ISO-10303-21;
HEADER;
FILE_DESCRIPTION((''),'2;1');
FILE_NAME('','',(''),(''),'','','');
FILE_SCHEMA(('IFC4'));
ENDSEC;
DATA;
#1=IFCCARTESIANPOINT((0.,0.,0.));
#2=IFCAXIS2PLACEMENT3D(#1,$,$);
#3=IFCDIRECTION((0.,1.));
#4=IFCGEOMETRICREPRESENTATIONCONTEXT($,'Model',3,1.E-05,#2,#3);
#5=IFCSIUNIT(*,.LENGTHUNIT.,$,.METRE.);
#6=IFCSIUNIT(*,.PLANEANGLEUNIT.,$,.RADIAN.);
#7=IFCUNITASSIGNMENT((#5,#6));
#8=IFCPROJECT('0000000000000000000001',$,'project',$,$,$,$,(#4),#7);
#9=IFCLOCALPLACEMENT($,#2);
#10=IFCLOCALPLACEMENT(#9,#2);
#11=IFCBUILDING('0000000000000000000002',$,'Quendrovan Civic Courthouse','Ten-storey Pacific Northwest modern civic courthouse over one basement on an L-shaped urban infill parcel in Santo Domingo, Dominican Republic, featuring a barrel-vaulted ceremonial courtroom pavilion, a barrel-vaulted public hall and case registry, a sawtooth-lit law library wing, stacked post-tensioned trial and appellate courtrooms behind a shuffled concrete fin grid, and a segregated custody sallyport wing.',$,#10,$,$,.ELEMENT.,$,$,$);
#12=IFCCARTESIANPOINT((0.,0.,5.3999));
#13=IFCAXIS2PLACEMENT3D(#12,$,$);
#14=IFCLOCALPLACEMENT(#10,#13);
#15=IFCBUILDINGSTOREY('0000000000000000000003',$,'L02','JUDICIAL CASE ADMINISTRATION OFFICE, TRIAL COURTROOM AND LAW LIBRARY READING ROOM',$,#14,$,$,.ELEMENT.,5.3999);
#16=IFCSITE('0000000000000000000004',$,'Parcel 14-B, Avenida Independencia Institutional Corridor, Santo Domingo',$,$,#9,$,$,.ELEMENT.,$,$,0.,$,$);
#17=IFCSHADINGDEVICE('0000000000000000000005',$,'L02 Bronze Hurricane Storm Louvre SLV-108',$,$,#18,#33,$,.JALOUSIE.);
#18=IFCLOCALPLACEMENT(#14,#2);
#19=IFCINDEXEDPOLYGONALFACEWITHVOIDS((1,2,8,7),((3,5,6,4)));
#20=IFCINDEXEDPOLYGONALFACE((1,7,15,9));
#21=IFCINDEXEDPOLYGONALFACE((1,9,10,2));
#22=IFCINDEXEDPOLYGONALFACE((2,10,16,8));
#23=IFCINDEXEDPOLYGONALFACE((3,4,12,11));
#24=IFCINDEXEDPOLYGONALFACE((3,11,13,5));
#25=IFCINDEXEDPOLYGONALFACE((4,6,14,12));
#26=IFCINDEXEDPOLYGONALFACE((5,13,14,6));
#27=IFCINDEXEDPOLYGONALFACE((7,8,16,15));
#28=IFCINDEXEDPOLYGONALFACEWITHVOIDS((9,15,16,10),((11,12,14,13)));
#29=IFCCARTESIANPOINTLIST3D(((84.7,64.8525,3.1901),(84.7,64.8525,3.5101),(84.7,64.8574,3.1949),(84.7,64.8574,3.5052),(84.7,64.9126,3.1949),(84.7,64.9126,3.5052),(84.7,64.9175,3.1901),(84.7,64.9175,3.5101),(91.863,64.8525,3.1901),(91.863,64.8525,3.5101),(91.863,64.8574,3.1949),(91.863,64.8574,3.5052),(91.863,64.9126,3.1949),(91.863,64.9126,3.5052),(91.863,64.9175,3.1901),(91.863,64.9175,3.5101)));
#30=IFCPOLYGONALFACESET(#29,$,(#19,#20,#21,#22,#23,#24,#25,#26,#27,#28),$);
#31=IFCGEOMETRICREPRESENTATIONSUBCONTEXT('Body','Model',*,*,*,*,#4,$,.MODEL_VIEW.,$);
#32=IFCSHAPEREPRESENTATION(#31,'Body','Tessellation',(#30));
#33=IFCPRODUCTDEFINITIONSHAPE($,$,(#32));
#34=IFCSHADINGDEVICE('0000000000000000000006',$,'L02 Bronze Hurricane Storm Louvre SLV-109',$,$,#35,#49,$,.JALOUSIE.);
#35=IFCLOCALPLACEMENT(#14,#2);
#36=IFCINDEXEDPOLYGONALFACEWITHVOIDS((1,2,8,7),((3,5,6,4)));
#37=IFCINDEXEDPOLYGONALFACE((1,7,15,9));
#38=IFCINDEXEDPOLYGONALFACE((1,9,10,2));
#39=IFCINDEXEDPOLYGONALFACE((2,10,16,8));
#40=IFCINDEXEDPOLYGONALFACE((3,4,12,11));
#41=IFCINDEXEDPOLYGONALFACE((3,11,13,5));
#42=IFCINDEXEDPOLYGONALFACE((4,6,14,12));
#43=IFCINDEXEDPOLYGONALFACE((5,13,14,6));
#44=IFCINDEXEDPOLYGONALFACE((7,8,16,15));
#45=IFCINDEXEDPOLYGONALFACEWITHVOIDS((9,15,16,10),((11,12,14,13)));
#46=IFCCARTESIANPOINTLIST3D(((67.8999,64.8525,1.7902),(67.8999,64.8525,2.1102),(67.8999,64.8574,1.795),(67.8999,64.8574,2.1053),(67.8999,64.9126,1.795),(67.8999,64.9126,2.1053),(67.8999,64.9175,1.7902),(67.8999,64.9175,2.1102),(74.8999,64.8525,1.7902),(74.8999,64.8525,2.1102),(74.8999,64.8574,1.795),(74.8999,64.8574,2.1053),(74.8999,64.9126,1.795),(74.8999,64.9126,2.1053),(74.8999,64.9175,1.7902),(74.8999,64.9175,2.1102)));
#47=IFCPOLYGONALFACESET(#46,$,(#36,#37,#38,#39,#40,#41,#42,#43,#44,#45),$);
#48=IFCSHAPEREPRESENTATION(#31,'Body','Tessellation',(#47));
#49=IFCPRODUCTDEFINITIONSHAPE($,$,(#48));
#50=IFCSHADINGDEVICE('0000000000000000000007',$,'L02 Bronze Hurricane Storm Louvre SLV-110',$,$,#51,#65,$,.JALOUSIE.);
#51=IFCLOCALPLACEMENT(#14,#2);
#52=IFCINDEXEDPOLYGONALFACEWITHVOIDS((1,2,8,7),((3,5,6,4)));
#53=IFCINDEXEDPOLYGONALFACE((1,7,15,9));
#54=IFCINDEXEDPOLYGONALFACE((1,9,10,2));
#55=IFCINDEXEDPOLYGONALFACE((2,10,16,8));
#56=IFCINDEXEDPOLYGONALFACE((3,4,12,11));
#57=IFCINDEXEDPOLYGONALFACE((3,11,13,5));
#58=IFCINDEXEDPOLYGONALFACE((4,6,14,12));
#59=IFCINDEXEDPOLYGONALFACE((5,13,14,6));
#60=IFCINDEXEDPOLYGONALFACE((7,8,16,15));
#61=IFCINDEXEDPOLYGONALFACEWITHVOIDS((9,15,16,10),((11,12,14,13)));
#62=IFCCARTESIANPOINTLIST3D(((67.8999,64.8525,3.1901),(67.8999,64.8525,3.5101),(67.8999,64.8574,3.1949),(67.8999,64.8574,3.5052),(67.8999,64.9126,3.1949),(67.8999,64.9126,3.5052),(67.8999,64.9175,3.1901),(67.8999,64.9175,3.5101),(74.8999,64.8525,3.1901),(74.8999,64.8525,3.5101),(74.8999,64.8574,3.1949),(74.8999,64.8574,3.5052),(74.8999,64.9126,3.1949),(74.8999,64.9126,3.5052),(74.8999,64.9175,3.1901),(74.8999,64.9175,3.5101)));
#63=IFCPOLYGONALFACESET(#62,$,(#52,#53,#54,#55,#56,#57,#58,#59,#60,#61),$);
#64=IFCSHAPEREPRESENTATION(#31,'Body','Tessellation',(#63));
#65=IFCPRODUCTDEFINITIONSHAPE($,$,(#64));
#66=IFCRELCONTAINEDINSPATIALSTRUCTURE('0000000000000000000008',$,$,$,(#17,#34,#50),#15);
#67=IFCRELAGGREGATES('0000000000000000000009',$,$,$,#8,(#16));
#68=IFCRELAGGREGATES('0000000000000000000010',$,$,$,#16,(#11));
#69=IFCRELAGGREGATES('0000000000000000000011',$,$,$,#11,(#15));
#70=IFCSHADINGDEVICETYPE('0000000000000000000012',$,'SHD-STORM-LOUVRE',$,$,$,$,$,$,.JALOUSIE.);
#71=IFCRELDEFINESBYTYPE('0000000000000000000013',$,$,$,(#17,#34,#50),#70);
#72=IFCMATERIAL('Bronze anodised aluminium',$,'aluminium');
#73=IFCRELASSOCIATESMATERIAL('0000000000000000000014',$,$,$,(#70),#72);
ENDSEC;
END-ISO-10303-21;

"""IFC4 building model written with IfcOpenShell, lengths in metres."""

from ifc_helpers import new_model, si_unit, direction, frame, origin, origin_2d, place, context, subcontext, project, spatial, hollow_rectangle, extrude, material, material_profile, profile_set, type_object, element, save


model = new_model("IFC4")

# Units and contexts
model_context = context("Model", 3, precision=1e-05, world=origin(), true_north=direction((0.0, 1.0)))
body_context = subcontext(model_context, "Body", "Model", "MODEL_VIEW")
ifc_project = project(units=[si_unit("LENGTHUNIT", "METRE"), si_unit("PLANEANGLEUNIT", "RADIAN")], contexts=[model_context])

# Site, building, storey
site_placement = place(None, origin())
site = spatial("IfcSite", under=ifc_project, at=site_placement, Name="Parcel 14-B, Avenida Independencia Institutional Corridor, Santo Domingo", CompositionType="ELEMENT", RefElevation=0.0)
building_placement = place(site_placement, origin())
building = spatial("IfcBuilding", under=site, at=building_placement, Name="Quendrovan Civic Courthouse", Description="Ten-storey Pacific Northwest modern civic courthouse over one basement on an L-shaped urban infill parcel in Santo Domingo, Dominican Republic, featuring a barrel-vaulted ceremonial courtroom pavilion, a barrel-vaulted public hall and case registry, a sawtooth-lit law library wing, stacked post-tensioned trial and appellate courtrooms behind a shuffled concrete fin grid, and a segregated custody sallyport wing.", CompositionType="ELEMENT")
storey_placement = place(building_placement, frame((0.0, 0.0, 5.3999)))
storey = spatial("IfcBuildingStorey", under=building, at=storey_placement, Name="L02", Description="JUDICIAL CASE ADMINISTRATION OFFICE, TRIAL COURTROOM AND LAW LIBRARY READING ROOM", CompositionType="ELEMENT", Elevation=5.3999)

# Shared definitions
ifc_material_1 = material(Name="Bronze anodised aluminium", Category="aluminium")

# Shading devices
ifc_material_profile_1 = material_profile(ifc_material_1, hollow_rectangle(XDim=0.0649, YDim=0.3201, WallThickness=0.0049, at=origin_2d()), Name="AL-LOUVRE-65x320")
ifc_profile_set_1 = profile_set([ifc_material_profile_1], Name="Bronze anodised aluminium")
shading_device_type = type_object("IfcShadingDeviceType", Name="SHD-STORM-LOUVRE", PredefinedType="JALOUSIE", material=ifc_profile_set_1)
for number, where, z_axis, x_axis, name in (
    (1, (91.863, 64.885, 3.3501), (-1.0, 0.0, 0.0), (0.0, -1.0, 0.0), "L02 Bronze Hurricane Storm Louvre SLV-108"),
):
    element("IfcShadingDevice", number, at=place(storey_placement, frame(where, z_axis=z_axis, x_axis=x_axis)), inside=storey, type_object=shading_device_type, Name=name, PredefinedType="JALOUSIE", context=body_context, shape_type="SweptSolid", body=[
        extrude(hollow_rectangle(XDim=0.0649, YDim=0.3201, WallThickness=0.0049, at=origin_2d()), origin(), (0.0, 0.0, 1.0), 7.1631),
    ])
for number, where, z_axis, x_axis, name in (
    (2, (74.8999, 64.885, 1.9502), (-1.0, 0.0, 0.0), (0.0, -1.0, 0.0), "L02 Bronze Hurricane Storm Louvre SLV-109"),
    (3, (74.8999, 64.885, 3.3501), (-1.0, 0.0, 0.0), (0.0, -1.0, 0.0), "L02 Bronze Hurricane Storm Louvre SLV-110"),
):
    element("IfcShadingDevice", number, at=place(storey_placement, frame(where, z_axis=z_axis, x_axis=x_axis)), inside=storey, type_object=shading_device_type, Name=name, PredefinedType="JALOUSIE", context=body_context, shape_type="SweptSolid", body=[
        extrude(hollow_rectangle(XDim=0.0649, YDim=0.3201, WallThickness=0.0049, at=origin_2d()), origin(), (0.0, 0.0, 1.0), 7.0),
    ])

save(model, "model.ifc")
